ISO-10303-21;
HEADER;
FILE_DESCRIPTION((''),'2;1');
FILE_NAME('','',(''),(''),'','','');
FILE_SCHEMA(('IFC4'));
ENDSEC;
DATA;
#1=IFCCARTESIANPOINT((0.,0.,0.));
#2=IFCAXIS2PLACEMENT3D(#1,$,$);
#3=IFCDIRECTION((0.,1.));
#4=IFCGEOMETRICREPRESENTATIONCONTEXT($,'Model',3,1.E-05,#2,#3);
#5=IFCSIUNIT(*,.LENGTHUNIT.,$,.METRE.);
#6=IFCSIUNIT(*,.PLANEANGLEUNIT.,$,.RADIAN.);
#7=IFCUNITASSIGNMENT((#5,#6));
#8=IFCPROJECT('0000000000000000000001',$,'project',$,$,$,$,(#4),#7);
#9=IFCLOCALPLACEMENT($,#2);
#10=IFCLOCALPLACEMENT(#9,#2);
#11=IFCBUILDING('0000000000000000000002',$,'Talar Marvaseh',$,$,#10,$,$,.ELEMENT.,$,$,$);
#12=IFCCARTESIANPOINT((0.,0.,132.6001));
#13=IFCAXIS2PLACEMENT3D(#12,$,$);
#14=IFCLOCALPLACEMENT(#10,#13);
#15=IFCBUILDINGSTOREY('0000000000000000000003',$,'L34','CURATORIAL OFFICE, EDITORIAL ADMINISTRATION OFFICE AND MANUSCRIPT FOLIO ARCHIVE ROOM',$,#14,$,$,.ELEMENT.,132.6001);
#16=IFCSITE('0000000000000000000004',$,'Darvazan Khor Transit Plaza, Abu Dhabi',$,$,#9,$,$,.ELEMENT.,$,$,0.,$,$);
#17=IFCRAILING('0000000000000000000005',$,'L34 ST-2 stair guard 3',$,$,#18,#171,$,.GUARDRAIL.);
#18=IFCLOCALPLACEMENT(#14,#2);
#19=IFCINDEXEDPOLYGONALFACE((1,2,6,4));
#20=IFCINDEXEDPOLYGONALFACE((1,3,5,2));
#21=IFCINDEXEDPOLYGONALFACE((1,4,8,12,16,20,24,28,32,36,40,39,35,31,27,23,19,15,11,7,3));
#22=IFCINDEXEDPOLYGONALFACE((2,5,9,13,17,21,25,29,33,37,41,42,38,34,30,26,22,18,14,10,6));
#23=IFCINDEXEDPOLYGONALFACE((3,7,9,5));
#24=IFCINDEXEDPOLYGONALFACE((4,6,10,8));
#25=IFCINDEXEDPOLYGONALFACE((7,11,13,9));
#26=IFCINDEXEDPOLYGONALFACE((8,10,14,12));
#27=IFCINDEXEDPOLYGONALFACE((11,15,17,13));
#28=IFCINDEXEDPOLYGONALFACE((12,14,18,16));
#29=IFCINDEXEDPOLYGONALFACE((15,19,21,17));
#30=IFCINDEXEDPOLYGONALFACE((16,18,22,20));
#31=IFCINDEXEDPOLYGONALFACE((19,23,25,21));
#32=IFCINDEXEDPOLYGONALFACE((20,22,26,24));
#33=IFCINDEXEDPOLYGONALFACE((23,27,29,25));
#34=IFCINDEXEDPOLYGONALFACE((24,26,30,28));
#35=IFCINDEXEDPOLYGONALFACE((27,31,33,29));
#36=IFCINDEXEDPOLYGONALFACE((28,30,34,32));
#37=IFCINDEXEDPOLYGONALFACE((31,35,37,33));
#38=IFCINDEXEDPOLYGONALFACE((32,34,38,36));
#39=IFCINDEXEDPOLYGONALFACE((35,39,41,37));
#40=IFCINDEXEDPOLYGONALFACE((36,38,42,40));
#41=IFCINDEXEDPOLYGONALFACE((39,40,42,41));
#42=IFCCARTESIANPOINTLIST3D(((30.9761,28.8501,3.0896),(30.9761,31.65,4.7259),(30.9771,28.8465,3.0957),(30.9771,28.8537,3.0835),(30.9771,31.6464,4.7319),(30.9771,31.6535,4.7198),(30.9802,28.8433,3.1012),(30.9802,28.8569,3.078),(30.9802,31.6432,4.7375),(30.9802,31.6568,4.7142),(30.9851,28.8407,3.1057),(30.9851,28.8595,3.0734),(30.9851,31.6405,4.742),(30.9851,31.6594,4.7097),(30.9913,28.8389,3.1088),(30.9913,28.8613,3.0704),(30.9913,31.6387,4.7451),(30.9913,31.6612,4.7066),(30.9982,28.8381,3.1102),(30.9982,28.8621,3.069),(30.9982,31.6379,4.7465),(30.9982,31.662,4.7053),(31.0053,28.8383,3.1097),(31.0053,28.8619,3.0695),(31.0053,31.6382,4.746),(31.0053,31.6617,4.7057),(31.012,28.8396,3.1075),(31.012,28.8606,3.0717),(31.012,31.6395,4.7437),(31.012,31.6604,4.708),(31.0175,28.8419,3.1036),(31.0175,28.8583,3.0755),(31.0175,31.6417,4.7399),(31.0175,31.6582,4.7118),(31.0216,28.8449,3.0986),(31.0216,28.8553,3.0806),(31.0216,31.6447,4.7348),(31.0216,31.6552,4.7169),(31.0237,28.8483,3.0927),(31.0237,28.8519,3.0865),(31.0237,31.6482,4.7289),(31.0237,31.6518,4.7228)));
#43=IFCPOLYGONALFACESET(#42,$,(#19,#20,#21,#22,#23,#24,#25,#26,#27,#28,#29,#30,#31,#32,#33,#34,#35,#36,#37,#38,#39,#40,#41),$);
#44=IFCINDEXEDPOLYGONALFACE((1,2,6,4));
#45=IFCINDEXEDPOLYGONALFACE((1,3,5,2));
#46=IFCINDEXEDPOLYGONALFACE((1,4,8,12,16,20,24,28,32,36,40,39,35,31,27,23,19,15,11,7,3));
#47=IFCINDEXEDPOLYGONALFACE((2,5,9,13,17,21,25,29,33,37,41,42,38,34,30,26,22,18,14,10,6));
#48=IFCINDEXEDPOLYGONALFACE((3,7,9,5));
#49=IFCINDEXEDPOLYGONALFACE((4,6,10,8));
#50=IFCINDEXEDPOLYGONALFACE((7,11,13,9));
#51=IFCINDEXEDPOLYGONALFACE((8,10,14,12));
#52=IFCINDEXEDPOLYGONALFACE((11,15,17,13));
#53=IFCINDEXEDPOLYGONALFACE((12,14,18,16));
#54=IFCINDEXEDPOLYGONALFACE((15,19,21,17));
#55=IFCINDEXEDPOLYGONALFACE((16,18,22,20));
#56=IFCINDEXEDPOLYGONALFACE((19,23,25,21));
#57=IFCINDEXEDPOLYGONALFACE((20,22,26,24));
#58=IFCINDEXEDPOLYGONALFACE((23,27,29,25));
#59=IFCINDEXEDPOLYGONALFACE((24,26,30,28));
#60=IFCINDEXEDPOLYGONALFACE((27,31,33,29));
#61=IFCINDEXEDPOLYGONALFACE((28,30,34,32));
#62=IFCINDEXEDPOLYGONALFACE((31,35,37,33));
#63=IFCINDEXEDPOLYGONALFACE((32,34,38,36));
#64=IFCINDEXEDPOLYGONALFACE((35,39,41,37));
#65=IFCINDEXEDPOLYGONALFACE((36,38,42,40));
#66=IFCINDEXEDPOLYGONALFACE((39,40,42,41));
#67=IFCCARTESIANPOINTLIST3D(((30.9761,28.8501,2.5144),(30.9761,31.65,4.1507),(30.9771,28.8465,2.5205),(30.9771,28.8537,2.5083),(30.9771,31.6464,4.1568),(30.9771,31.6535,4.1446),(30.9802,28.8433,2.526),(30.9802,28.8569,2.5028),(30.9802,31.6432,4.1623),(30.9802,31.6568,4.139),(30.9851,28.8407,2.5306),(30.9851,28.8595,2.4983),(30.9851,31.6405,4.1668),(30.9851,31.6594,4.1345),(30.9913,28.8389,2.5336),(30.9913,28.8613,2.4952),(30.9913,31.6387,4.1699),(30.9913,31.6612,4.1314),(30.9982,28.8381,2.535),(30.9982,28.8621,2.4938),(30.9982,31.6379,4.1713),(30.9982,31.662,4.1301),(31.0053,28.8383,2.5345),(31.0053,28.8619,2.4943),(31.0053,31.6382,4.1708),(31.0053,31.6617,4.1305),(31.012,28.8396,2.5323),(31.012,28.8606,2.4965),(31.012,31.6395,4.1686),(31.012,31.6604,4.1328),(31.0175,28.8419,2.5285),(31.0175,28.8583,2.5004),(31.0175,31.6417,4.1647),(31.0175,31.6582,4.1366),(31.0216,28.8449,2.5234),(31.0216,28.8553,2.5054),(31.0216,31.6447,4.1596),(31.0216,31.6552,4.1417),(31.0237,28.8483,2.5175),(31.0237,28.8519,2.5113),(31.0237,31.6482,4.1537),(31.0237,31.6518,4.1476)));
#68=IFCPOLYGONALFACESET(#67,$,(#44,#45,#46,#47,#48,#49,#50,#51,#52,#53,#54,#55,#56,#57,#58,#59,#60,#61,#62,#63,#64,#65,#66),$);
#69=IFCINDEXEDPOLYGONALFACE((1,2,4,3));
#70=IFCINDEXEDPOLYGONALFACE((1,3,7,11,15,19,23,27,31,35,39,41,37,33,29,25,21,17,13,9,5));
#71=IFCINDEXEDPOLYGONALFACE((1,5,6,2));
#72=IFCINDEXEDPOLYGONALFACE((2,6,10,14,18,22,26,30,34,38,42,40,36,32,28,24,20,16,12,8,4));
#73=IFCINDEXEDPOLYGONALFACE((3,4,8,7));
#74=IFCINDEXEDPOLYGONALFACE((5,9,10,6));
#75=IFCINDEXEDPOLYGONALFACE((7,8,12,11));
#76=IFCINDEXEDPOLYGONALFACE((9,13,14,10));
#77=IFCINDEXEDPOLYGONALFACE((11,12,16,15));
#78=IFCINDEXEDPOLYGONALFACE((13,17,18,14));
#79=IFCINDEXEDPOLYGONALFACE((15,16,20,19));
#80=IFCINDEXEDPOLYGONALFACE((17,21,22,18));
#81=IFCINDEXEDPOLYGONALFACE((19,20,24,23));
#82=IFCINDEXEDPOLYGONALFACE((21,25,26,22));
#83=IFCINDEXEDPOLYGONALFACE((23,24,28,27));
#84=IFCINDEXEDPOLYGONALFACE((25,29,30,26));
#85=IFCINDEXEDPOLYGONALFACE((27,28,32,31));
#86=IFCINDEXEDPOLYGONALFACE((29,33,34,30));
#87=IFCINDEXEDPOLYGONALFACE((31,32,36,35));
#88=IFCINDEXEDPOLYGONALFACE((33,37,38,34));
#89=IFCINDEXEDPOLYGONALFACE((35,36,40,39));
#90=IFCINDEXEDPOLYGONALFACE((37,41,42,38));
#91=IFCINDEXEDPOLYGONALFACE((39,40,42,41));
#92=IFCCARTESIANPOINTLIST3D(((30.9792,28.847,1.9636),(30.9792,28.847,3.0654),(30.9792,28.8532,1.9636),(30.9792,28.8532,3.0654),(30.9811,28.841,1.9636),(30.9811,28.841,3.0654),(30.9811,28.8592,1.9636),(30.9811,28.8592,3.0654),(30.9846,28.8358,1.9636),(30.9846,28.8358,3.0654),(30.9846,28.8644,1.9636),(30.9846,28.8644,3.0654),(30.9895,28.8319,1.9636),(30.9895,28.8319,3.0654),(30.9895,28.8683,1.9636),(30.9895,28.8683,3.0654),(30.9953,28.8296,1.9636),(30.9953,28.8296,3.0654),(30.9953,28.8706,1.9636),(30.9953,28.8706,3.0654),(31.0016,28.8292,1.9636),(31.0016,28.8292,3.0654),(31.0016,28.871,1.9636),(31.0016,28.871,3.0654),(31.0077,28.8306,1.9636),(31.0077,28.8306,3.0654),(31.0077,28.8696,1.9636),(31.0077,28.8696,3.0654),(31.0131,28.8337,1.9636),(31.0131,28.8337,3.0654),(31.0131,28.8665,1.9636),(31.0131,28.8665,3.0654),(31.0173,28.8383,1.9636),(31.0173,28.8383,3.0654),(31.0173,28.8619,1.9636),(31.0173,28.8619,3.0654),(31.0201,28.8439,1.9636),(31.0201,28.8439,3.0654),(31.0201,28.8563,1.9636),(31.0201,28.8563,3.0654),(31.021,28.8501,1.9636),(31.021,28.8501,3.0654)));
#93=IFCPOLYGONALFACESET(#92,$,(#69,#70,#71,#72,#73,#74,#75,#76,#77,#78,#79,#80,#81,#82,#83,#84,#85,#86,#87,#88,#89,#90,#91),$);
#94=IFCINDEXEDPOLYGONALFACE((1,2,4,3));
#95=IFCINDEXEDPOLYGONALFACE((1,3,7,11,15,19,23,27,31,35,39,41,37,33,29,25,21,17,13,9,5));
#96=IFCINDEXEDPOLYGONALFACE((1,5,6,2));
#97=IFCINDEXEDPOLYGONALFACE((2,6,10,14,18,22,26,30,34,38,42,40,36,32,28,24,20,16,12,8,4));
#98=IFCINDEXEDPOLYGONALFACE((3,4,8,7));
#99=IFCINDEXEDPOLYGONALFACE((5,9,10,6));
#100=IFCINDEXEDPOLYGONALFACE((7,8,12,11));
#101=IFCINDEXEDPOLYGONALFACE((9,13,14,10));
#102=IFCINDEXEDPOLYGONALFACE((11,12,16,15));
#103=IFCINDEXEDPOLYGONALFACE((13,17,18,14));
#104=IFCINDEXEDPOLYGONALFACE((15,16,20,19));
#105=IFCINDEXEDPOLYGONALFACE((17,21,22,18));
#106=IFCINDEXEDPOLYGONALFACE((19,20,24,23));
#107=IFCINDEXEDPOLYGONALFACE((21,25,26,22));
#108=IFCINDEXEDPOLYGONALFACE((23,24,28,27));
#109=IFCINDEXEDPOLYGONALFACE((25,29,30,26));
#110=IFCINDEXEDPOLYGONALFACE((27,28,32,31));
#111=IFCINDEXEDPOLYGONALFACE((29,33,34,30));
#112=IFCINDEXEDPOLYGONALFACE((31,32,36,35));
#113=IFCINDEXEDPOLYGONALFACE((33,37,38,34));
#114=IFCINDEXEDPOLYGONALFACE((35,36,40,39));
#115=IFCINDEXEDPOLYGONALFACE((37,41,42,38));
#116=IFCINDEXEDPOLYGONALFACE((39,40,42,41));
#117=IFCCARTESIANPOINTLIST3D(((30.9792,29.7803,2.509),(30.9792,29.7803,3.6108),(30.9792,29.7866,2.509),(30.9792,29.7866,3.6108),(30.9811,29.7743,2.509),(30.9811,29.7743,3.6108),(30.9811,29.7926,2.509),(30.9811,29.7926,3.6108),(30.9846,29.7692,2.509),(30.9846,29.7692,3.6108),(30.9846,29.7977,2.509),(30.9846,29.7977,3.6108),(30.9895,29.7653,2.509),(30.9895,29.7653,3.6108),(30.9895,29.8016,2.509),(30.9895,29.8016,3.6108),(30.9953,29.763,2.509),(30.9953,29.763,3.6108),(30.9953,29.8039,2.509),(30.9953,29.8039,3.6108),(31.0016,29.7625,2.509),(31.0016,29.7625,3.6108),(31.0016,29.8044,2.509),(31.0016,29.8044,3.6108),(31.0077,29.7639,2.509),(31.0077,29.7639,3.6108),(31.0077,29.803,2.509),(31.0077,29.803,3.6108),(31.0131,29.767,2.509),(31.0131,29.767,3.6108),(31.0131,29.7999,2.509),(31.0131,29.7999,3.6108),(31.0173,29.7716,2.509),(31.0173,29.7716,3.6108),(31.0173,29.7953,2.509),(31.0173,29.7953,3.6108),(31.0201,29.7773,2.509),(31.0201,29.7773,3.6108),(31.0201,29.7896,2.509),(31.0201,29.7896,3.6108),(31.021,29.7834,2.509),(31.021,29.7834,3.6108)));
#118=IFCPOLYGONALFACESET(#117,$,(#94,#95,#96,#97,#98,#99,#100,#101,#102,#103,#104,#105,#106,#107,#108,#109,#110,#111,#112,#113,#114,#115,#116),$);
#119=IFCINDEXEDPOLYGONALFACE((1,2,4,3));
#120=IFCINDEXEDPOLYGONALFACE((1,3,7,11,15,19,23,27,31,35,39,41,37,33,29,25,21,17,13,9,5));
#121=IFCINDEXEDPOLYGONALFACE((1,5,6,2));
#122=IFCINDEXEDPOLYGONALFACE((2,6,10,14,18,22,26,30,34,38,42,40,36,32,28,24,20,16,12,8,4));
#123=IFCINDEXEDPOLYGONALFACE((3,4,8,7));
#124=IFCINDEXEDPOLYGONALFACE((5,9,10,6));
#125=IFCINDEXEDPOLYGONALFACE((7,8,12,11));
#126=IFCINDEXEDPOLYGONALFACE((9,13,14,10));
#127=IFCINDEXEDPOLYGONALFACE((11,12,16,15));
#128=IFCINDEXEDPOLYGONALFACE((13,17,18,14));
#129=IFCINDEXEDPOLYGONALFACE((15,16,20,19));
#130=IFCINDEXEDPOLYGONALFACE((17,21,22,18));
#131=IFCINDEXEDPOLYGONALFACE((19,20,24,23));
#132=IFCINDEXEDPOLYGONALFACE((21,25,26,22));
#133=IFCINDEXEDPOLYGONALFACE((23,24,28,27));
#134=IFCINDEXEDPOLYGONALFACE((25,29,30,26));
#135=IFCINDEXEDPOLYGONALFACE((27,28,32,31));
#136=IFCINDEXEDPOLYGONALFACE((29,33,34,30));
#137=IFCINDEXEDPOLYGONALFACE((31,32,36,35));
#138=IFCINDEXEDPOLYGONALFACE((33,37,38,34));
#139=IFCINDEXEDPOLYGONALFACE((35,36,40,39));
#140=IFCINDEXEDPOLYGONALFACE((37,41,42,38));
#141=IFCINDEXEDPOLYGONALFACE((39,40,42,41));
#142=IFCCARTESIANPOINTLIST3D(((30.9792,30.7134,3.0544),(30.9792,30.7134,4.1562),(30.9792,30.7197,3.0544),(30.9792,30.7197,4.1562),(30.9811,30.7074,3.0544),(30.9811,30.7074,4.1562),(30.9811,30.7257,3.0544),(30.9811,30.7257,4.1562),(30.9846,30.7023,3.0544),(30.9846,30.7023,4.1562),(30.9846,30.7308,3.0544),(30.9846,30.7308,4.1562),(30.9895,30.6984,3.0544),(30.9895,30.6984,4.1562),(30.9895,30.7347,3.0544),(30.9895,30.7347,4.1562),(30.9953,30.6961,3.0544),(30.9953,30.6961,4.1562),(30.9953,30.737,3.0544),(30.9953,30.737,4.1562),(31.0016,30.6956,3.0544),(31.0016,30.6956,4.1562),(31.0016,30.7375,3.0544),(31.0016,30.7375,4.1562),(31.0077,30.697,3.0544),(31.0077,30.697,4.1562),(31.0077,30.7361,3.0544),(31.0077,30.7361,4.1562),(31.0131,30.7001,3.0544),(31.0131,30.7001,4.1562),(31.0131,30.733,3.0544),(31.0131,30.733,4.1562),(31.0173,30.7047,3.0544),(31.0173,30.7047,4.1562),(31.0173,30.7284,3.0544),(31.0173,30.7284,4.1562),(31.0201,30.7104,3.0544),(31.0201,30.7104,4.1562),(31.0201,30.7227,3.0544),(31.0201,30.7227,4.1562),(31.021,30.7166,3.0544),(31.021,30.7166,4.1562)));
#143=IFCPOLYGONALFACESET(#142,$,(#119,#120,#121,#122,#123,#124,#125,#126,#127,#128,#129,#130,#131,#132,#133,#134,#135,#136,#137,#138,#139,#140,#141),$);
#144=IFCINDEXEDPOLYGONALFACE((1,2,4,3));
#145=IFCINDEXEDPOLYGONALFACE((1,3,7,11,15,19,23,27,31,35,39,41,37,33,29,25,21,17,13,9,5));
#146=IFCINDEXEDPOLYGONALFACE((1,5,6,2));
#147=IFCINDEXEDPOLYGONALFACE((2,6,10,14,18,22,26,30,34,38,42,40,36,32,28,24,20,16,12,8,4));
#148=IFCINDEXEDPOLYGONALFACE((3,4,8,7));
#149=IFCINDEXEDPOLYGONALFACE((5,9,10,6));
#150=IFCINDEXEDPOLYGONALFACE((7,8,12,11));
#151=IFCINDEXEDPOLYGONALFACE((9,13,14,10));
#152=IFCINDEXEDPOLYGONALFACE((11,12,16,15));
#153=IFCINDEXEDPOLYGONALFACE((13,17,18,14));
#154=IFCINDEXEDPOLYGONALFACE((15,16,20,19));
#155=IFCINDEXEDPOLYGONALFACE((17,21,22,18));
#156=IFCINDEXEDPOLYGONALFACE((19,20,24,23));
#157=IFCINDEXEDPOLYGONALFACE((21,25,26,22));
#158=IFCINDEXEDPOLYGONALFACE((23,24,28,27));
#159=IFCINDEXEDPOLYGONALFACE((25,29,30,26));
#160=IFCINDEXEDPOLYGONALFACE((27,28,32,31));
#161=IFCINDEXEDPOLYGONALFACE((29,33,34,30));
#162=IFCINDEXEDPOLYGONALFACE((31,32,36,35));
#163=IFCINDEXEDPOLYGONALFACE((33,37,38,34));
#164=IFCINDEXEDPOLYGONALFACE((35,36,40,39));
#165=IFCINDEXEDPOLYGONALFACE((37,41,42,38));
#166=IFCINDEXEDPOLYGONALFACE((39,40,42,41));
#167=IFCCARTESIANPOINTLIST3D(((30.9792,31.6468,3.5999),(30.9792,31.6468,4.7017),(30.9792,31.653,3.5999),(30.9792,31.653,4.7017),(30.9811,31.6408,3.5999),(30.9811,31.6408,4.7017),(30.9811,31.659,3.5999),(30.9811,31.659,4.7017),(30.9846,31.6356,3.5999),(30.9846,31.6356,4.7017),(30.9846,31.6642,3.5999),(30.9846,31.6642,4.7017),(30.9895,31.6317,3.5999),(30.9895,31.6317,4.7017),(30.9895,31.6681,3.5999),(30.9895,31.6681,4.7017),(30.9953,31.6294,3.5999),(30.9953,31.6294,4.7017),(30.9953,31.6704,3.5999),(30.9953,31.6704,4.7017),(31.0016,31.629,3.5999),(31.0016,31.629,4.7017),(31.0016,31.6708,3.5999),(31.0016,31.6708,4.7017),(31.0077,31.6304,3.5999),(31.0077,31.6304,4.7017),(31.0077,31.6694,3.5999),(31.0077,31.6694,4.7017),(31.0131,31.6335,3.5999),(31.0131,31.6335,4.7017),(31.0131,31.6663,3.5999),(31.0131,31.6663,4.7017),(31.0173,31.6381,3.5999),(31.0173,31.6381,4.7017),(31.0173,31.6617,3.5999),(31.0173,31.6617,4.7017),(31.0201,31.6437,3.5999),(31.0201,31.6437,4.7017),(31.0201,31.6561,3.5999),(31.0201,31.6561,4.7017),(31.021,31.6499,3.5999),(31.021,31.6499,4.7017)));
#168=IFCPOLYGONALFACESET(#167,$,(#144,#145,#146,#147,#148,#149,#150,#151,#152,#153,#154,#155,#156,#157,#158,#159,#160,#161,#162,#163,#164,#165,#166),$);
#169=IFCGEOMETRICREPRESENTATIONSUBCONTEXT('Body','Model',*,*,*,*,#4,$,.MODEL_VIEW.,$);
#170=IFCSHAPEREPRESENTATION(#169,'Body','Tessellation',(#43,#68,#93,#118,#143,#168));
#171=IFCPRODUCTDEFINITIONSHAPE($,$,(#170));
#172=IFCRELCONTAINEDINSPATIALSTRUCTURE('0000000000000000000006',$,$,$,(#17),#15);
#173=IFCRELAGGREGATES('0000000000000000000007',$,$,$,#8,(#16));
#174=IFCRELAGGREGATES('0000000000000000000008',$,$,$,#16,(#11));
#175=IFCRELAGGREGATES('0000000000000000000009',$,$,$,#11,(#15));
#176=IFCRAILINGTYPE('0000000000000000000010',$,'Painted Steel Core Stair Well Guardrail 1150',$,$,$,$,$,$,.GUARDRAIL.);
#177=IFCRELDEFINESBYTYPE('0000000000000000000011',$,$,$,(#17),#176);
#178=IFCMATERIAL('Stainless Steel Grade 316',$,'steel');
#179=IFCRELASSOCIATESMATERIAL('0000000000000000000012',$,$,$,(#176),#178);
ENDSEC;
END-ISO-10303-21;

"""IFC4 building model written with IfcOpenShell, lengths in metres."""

from ifc_helpers import new_model, si_unit, direction, frame, origin, origin_2d, place, context, subcontext, project, spatial, circle, extrude, material, type_object, element, save


model = new_model("IFC4")

# Units and contexts
model_context = context("Model", 3, precision=1e-05, world=origin(), true_north=direction((0.0, 1.0)))
body_context = subcontext(model_context, "Body", "Model", "MODEL_VIEW")
ifc_project = project(units=[si_unit("LENGTHUNIT", "METRE"), si_unit("PLANEANGLEUNIT", "RADIAN")], contexts=[model_context])

# Site, building, storey
site_placement = place(None, origin())
site = spatial("IfcSite", under=ifc_project, at=site_placement, Name="Darvazan Khor Transit Plaza, Abu Dhabi", CompositionType="ELEMENT", RefElevation=0.0)
building_placement = place(site_placement, origin())
building = spatial("IfcBuilding", under=site, at=building_placement, Name="Talar Marvaseh", CompositionType="ELEMENT")
storey_placement = place(building_placement, frame((0.0, 0.0, 132.6001)))
storey = spatial("IfcBuildingStorey", under=building, at=storey_placement, Name="L34", Description="CURATORIAL OFFICE, EDITORIAL ADMINISTRATION OFFICE AND MANUSCRIPT FOLIO ARCHIVE ROOM", CompositionType="ELEMENT", Elevation=132.6001)

# Shared definitions
ifc_material_1 = material(Name="Stainless Steel Grade 316", Category="steel")

# Railing
railing_type_1 = type_object("IfcRailingType", Name="Painted Steel Core Stair Well Guardrail 1150", PredefinedType="GUARDRAIL", material=ifc_material_1)
railing_1_placement = place(storey_placement, frame((31.0, 28.8501, 1.9636)))
element("IfcRailing", 1, at=railing_1_placement, inside=storey, type_object=railing_type_1, Name="L34 ST-2 stair guard 3", PredefinedType="GUARDRAIL", context=body_context, shape_type="SweptSolid", body=[
    extrude(circle(Radius=0.0239, at=origin_2d()), frame((0.0, 0.0, 1.126), z_axis=(0.0, 0.863374, 0.504564), x_axis=(-1.0, 0.0, 0.0)), (0.0, 0.0, 1.0), 3.2429),
    extrude(circle(Radius=0.0239, at=origin_2d()), frame((0.0, 0.0, 0.5508), z_axis=(0.0, 0.863374, 0.504564), x_axis=(-1.0, 0.0, 0.0)), (0.0, 0.0, 1.0), 3.2429),
    extrude(circle(Radius=0.021, at=origin_2d()), origin(), (0.0, 0.0, 1.0), 1.1018),
    extrude(circle(Radius=0.021, at=origin_2d()), frame((0.0, 0.9333, 0.5454)), (0.0, 0.0, 1.0), 1.1018),
    extrude(circle(Radius=0.021, at=origin_2d()), frame((0.0, 1.8665, 1.0908)), (0.0, 0.0, 1.0), 1.1018),
    extrude(circle(Radius=0.021, at=origin_2d()), frame((0.0, 2.7998, 1.6362)), (0.0, 0.0, 1.0), 1.1018),
])

save(model, "model.ifc")
